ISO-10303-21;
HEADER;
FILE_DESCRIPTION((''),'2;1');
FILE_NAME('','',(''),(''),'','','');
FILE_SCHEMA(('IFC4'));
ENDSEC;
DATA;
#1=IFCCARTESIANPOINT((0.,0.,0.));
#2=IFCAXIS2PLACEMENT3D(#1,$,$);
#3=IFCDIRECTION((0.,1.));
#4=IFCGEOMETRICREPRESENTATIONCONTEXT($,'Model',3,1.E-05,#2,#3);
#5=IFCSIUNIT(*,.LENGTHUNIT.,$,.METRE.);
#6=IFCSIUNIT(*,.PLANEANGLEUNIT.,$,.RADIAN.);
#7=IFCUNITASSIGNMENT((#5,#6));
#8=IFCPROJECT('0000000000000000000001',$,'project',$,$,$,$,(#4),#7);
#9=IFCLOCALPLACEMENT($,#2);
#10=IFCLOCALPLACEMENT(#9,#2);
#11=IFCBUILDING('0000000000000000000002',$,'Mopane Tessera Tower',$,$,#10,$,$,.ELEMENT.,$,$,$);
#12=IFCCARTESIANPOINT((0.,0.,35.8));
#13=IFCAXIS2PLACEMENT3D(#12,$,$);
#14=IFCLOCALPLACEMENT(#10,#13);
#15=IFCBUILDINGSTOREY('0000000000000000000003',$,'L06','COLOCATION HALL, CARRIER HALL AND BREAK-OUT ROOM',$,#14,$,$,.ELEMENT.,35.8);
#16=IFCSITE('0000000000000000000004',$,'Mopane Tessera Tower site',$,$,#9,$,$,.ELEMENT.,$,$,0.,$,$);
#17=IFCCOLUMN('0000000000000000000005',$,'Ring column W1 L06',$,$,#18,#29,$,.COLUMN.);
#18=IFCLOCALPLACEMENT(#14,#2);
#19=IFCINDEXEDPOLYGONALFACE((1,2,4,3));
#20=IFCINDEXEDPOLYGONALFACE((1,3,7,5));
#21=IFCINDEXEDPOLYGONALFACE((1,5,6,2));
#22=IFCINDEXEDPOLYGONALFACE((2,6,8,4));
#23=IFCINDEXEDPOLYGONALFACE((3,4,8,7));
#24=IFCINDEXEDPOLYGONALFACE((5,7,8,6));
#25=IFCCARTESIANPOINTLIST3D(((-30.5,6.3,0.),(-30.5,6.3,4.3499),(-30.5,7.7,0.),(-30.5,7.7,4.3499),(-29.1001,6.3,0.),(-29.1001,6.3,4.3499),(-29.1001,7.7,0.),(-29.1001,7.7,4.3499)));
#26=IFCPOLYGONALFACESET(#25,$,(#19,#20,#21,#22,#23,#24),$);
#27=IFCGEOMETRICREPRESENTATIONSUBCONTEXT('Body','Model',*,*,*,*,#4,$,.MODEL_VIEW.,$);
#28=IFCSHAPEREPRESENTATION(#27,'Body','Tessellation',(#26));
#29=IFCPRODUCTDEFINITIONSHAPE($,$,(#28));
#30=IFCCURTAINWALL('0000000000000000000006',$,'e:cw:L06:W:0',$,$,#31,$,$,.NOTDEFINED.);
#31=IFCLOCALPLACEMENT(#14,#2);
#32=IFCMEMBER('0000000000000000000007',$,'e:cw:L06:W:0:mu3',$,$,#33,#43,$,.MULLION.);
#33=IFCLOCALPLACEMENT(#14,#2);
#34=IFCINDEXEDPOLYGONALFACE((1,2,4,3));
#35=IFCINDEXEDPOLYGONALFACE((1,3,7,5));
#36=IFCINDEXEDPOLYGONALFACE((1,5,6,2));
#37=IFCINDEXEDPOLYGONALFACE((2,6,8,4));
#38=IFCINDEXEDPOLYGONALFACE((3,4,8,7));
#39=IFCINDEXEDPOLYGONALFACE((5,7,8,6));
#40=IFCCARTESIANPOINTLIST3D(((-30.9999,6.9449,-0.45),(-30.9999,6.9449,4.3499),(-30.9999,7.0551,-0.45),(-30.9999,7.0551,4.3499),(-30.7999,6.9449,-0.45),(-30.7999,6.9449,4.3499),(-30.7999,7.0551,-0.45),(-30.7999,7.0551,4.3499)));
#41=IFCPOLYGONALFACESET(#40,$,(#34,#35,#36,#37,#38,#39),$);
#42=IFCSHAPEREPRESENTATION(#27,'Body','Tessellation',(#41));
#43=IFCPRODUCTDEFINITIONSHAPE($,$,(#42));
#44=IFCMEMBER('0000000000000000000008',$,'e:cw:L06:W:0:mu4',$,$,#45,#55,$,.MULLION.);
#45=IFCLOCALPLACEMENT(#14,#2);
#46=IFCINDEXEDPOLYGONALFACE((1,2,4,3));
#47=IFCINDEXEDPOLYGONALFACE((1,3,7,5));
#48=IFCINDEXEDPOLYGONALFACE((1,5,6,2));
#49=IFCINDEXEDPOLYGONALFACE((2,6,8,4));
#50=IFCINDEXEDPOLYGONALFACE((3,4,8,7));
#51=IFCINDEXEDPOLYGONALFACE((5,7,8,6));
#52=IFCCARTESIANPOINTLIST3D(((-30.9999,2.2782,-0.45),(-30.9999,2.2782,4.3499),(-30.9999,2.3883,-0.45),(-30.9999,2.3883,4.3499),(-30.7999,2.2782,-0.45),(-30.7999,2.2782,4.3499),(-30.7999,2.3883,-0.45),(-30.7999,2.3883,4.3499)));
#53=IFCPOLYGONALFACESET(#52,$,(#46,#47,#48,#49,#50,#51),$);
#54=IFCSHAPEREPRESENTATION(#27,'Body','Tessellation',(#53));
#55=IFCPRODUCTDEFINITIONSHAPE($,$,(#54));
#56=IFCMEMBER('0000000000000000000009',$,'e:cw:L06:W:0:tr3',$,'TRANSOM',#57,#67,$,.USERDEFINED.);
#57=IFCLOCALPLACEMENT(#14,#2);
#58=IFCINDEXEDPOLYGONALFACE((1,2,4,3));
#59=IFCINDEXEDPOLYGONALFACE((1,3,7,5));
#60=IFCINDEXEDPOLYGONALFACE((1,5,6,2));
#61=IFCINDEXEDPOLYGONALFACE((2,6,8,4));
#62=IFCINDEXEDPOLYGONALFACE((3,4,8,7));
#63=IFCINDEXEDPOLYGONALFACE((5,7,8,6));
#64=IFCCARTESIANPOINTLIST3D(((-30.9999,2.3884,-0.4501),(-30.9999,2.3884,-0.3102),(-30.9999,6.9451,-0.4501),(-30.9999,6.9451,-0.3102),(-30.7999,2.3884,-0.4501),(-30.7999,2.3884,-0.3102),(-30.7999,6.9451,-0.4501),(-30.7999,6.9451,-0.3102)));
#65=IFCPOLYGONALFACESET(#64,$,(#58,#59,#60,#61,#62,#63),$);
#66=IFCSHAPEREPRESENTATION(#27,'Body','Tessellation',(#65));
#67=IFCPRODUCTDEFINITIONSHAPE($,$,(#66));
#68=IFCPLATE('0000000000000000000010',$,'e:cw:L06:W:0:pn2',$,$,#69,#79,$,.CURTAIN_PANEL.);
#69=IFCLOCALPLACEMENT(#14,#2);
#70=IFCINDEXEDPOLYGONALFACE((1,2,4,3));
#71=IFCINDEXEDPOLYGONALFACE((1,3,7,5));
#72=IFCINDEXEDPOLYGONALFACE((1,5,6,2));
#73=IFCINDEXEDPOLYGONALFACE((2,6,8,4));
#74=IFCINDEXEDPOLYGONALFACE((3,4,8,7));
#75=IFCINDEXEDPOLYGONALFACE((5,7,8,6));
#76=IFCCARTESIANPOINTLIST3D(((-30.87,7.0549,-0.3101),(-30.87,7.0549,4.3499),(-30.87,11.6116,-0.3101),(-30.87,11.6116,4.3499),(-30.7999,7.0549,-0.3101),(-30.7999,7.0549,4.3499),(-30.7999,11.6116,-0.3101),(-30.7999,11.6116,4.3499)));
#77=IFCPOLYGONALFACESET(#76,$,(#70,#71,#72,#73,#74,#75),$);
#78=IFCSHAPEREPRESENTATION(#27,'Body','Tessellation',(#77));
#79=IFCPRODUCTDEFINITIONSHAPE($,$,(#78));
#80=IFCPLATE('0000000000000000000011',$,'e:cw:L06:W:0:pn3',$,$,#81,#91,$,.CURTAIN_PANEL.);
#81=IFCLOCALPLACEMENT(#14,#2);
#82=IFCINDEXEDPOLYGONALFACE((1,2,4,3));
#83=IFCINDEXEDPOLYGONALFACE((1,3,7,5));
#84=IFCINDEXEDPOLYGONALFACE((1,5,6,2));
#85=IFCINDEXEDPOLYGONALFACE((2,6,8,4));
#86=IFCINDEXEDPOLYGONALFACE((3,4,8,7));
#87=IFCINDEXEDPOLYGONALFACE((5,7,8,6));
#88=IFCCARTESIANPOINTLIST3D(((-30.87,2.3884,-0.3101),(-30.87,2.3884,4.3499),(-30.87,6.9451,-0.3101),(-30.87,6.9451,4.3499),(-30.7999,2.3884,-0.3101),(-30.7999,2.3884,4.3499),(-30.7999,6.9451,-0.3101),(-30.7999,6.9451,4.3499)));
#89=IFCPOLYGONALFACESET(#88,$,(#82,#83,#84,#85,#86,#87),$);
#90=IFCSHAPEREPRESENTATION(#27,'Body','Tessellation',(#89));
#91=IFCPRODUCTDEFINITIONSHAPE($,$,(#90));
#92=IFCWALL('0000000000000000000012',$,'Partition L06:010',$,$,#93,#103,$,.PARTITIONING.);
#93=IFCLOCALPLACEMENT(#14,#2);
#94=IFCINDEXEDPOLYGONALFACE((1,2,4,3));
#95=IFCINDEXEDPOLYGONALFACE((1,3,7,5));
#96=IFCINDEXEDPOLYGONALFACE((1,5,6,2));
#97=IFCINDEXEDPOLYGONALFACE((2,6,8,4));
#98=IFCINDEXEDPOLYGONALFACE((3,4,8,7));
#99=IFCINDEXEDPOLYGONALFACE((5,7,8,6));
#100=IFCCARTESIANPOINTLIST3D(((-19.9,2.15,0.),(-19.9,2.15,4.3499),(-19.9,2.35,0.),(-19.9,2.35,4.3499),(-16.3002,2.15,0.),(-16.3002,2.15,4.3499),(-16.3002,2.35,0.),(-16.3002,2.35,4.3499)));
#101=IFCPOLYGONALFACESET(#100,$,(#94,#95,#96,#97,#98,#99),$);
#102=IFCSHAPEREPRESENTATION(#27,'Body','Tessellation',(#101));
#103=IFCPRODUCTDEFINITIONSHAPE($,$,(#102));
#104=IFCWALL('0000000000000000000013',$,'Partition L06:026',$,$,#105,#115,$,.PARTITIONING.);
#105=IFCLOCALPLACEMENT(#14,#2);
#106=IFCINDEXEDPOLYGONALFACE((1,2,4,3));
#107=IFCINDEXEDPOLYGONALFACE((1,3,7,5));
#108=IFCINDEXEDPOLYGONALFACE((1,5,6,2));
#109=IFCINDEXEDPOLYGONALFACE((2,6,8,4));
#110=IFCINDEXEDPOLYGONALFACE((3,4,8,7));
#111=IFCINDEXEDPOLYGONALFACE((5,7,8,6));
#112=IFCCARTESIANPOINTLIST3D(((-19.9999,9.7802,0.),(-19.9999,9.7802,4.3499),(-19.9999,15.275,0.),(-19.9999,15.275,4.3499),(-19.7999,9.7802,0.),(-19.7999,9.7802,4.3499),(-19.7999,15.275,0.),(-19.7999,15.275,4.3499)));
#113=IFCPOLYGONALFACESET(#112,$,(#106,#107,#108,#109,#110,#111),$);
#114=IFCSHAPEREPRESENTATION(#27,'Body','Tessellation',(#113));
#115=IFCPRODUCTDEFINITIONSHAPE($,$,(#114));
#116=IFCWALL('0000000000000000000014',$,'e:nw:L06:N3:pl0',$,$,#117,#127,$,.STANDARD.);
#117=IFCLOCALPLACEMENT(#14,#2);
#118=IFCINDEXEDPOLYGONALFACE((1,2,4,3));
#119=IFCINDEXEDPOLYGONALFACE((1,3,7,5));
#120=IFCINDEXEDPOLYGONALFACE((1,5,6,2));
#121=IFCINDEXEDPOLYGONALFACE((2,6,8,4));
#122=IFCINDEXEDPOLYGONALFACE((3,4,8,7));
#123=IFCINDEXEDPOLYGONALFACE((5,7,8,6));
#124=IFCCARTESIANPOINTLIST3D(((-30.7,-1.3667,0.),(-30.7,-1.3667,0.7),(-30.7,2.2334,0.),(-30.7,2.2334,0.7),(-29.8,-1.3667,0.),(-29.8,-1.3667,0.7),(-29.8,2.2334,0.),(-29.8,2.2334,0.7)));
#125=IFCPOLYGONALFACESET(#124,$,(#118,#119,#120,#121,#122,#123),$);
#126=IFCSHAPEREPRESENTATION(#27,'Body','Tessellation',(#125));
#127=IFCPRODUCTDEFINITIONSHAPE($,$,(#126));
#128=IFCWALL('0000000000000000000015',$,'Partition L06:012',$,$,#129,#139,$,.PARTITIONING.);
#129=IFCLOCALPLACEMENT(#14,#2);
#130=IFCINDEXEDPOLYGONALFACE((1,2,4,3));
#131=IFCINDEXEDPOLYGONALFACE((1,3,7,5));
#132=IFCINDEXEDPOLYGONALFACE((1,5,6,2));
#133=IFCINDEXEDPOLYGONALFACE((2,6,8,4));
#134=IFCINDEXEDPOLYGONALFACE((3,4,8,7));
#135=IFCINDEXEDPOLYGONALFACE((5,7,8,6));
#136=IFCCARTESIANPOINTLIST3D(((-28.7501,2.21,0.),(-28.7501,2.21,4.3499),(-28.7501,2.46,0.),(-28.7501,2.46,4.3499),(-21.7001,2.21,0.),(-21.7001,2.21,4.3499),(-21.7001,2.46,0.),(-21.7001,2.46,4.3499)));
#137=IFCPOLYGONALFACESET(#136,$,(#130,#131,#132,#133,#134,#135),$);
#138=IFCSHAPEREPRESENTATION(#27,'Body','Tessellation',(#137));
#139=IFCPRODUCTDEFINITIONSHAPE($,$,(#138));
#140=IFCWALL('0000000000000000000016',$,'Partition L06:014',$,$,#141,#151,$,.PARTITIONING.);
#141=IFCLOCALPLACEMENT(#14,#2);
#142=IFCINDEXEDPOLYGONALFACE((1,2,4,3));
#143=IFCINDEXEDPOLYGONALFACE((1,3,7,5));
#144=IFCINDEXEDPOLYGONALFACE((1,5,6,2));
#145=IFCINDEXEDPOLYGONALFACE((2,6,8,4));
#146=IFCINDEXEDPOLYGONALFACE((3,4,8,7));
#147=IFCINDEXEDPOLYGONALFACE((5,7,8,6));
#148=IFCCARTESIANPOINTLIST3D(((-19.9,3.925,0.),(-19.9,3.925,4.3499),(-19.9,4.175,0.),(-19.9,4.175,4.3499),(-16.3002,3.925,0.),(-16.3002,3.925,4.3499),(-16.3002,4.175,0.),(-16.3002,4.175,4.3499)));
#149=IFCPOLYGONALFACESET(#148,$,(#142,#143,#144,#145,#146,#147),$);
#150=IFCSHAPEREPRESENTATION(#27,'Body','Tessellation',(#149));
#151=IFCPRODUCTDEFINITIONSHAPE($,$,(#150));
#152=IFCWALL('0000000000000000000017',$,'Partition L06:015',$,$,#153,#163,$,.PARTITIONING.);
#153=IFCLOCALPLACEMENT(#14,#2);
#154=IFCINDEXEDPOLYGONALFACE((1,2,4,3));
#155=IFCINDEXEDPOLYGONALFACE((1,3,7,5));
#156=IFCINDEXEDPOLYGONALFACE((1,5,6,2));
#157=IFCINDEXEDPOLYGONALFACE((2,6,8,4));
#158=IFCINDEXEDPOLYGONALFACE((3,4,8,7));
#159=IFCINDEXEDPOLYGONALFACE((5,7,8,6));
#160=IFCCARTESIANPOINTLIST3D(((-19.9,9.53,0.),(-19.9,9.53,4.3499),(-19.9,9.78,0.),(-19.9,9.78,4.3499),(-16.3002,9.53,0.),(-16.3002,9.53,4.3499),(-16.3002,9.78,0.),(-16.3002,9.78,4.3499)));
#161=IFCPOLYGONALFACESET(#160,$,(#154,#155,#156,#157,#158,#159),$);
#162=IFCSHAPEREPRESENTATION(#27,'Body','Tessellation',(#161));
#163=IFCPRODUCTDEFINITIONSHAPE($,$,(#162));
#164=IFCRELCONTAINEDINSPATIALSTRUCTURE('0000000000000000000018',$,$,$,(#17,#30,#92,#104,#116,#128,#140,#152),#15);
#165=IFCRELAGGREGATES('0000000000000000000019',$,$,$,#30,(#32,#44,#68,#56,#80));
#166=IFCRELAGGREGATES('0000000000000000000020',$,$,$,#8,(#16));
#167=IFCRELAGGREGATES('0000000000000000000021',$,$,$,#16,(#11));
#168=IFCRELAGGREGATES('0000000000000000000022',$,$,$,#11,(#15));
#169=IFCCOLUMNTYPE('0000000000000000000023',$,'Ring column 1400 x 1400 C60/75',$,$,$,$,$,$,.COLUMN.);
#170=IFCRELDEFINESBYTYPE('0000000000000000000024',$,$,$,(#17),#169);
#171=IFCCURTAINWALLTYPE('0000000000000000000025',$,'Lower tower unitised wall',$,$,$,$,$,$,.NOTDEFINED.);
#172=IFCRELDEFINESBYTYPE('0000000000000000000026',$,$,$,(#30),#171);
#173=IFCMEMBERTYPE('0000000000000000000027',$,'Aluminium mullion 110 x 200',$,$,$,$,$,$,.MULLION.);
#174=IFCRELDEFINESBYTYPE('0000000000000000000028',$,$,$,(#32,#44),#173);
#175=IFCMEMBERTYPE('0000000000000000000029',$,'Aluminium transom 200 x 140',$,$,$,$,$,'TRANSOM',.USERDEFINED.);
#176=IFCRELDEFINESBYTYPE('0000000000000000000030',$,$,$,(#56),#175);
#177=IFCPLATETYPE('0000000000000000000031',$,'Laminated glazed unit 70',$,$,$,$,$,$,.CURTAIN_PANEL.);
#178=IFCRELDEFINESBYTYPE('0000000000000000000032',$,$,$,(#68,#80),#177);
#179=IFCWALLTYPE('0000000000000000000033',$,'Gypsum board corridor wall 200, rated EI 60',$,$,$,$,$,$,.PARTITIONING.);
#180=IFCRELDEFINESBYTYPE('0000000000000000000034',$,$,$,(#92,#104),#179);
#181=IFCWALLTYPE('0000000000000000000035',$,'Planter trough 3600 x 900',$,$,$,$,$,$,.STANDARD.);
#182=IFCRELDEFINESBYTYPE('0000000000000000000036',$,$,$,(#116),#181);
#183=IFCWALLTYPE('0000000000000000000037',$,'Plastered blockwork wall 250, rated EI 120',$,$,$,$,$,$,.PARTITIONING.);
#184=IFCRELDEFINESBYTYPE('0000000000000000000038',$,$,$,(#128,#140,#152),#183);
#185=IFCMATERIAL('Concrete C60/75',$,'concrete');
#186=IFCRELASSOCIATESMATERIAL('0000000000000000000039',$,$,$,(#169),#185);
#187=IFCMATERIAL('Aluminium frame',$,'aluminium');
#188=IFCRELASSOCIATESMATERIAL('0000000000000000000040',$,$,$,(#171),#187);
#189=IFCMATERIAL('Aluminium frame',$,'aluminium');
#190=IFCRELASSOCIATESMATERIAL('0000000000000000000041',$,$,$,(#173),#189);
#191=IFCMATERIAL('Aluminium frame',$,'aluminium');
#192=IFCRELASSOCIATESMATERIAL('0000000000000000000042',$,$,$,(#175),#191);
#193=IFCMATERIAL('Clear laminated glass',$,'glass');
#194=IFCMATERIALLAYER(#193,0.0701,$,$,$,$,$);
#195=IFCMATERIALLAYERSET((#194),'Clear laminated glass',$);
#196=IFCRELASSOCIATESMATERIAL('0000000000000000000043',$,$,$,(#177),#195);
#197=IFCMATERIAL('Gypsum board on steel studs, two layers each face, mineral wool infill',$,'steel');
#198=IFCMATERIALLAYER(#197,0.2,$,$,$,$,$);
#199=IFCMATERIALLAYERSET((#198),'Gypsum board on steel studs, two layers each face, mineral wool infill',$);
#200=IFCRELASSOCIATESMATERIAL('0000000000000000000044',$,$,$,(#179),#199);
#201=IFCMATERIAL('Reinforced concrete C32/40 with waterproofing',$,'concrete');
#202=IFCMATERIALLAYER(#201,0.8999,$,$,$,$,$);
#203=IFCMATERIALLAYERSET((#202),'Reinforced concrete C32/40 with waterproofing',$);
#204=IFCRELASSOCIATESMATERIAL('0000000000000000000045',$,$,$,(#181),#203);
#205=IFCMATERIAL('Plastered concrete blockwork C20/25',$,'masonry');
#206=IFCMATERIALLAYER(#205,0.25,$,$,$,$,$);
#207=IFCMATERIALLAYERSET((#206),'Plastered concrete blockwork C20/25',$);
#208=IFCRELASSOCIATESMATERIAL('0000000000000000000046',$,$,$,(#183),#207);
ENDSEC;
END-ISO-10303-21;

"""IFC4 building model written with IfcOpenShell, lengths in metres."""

from ifc_helpers import new_model, si_unit, direction, frame, frame_2d, origin, origin_2d, place, context, subcontext, project, spatial, rectangle, extrude, material, layer, layer_set, material_profile, profile_set, type_object, element, aggregate, save


model = new_model("IFC4")

# Units and contexts
model_context = context("Model", 3, precision=1e-05, world=origin(), true_north=direction((0.0, 1.0)))
body_context = subcontext(model_context, "Body", "Model", "MODEL_VIEW")
ifc_project = project(units=[si_unit("LENGTHUNIT", "METRE"), si_unit("PLANEANGLEUNIT", "RADIAN")], contexts=[model_context])

# Site, building, storey
site_placement = place(None, origin())
site = spatial("IfcSite", under=ifc_project, at=site_placement, Name="Mopane Tessera Tower site", CompositionType="ELEMENT", RefElevation=0.0)
building_placement = place(site_placement, origin())
building = spatial("IfcBuilding", under=site, at=building_placement, Name="Mopane Tessera Tower", CompositionType="ELEMENT")
storey_placement = place(building_placement, frame((0.0, 0.0, 35.8)))
storey = spatial("IfcBuildingStorey", under=building, at=storey_placement, Name="L06", Description="COLOCATION HALL, CARRIER HALL AND BREAK-OUT ROOM", CompositionType="ELEMENT", Elevation=35.8)

# Column
ifc_material_1 = material(Name="Concrete C60/75", Category="concrete")
ifc_material_profile_1 = material_profile(ifc_material_1, rectangle(XDim=1.3999, YDim=1.3999, at=origin_2d()))
ifc_profile_set_1 = profile_set([ifc_material_profile_1], Name="Concrete C60/75")
column_type = type_object("IfcColumnType", Name="Ring column 1400 x 1400 C60/75", PredefinedType="COLUMN", material=ifc_profile_set_1)
column_placement = place(storey_placement, frame((-29.8, 7.0, 0.0), z_axis=(0.0, 0.0, 1.0), x_axis=(1.0, 0.0, 0.0)))
element("IfcColumn", 1, at=column_placement, inside=storey, type_object=column_type, Name="Ring column W1 L06", PredefinedType="COLUMN", context=body_context, shape_type="SweptSolid", body=[
    extrude(rectangle(XDim=1.3999, YDim=1.3999, at=origin_2d()), origin(), (0.0, 0.0, 1.0), 4.3499),
])

# Curtain wall, members, plates
ifc_material_2 = material(Name="Aluminium frame", Category="aluminium")
curtain_wall_type = type_object("IfcCurtainWallType", Name="Lower tower unitised wall", PredefinedType="NOTDEFINED", material=ifc_material_2)
curtain_wall_placement = place(storey_placement, origin())
curtain_wall = element("IfcCurtainWall", 2, at=curtain_wall_placement, inside=storey, type_object=curtain_wall_type, Name="e:cw:L06:W:0", PredefinedType="NOTDEFINED")
ifc_material_3 = material(Name="Aluminium frame", Category="aluminium")
ifc_material_profile_2 = material_profile(ifc_material_3, rectangle(XDim=0.1101, YDim=0.2, at=origin_2d()))
ifc_profile_set_2 = profile_set([ifc_material_profile_2], Name="Aluminium frame")
member_type_1 = type_object("IfcMemberType", Name="Aluminium mullion 110 x 200", PredefinedType="MULLION", material=ifc_profile_set_2)
member_1_placement = place(storey_placement, frame((-30.8999, 7.0, -0.45), z_axis=(0.0, 0.0, 1.0), x_axis=(0.0, -1.0, 0.0)))
member_1 = element("IfcMember", 3, at=member_1_placement, type_object=member_type_1, Name="e:cw:L06:W:0:mu3", PredefinedType="MULLION", context=body_context, shape_type="SweptSolid", body=[
    extrude(rectangle(XDim=0.1101, YDim=0.2, at=origin_2d()), origin(), (0.0, 0.0, 1.0), 4.7998),
])
member_2_placement = place(storey_placement, frame((-30.8999, 2.3333, -0.45), z_axis=(0.0, 0.0, 1.0), x_axis=(0.0, -1.0, 0.0)))
member_2 = element("IfcMember", 4, at=member_2_placement, type_object=member_type_1, Name="e:cw:L06:W:0:mu4", PredefinedType="MULLION", context=body_context, shape_type="SweptSolid", body=[
    extrude(rectangle(XDim=0.1101, YDim=0.2, at=origin_2d()), origin(), (0.0, 0.0, 1.0), 4.7998),
])
ifc_material_4 = material(Name="Aluminium frame", Category="aluminium")
ifc_material_profile_3 = material_profile(ifc_material_4, rectangle(XDim=0.2, YDim=0.1399, at=origin_2d()))
ifc_profile_set_3 = profile_set([ifc_material_profile_3], Name="Aluminium frame")
member_type_2 = type_object("IfcMemberType", Name="Aluminium transom 200 x 140", ElementType="TRANSOM", PredefinedType="USERDEFINED", material=ifc_profile_set_3)
member_3_placement = place(storey_placement, frame((-30.8999, 6.9451, -0.3801), z_axis=(0.0, -1.0, 0.0), x_axis=(1.0, 0.0, 0.0)))
member_3 = element("IfcMember", 5, at=member_3_placement, type_object=member_type_2, Name="e:cw:L06:W:0:tr3", ObjectType="TRANSOM", PredefinedType="USERDEFINED", context=body_context, shape_type="SweptSolid", body=[
    extrude(rectangle(XDim=0.2, YDim=0.1399, at=origin_2d()), origin(), (0.0, 0.0, 1.0), 4.5566),
])
ifc_material_5 = material(Name="Clear laminated glass", Category="glass")
ifc_layer_1 = layer(ifc_material_5, 0.0701)
ifc_layer_set_1 = layer_set([ifc_layer_1], Name="Clear laminated glass")
plate_type = type_object("IfcPlateType", Name="Laminated glazed unit 70", PredefinedType="CURTAIN_PANEL", material=ifc_layer_set_1)
plate_1_placement = place(storey_placement, frame((-30.835, 9.3333, -0.3101), z_axis=(0.0, 0.0, 1.0), x_axis=(0.0, -1.0, 0.0)))
plate_1 = element("IfcPlate", 6, at=plate_1_placement, type_object=plate_type, Name="e:cw:L06:W:0:pn2", PredefinedType="CURTAIN_PANEL", context=body_context, shape_type="SweptSolid", body=[
    extrude(rectangle(XDim=4.5566, YDim=0.0701, at=origin_2d()), origin(), (0.0, 0.0, 1.0), 4.6599),
])
plate_2_placement = place(storey_placement, frame((-30.835, 4.6667, -0.3101), z_axis=(0.0, 0.0, 1.0), x_axis=(0.0, -1.0, 0.0)))
plate_2 = element("IfcPlate", 7, at=plate_2_placement, type_object=plate_type, Name="e:cw:L06:W:0:pn3", PredefinedType="CURTAIN_PANEL", context=body_context, shape_type="SweptSolid", body=[
    extrude(rectangle(XDim=4.5566, YDim=0.0701, at=origin_2d()), origin(), (0.0, 0.0, 1.0), 4.6599),
])
aggregate(curtain_wall, [member_1, member_2, plate_1, member_3, plate_2])

# Walls
ifc_material_6 = material(Name="Gypsum board on steel studs, two layers each face, mineral wool infill", Category="steel")
ifc_layer_2 = layer(ifc_material_6, 0.2)
ifc_layer_set_2 = layer_set([ifc_layer_2], Name="Gypsum board on steel studs, two layers each face, mineral wool infill")
wall_type_1 = type_object("IfcWallType", Name="Gypsum board corridor wall 200, rated EI 60", PredefinedType="PARTITIONING", material=ifc_layer_set_2)
wall_1_placement = place(storey_placement, frame((-19.8999, 2.25, 0.0), z_axis=(0.0, 0.0, 1.0), x_axis=(1.0, 0.0, 0.0)))
element("IfcWall", 8, at=wall_1_placement, inside=storey, type_object=wall_type_1, Name="Partition L06:010", PredefinedType="PARTITIONING", context=body_context, shape_type="SweptSolid", body=[
    extrude(rectangle(XDim=3.5999, YDim=0.2, at=frame_2d((1.7998, 0.0))), origin(), (0.0, 0.0, 1.0), 4.3499),
])
wall_2_placement = place(storey_placement, frame((-19.8999, 9.78, 0.0), z_axis=(0.0, 0.0, 1.0), x_axis=(0.0, 1.0, 0.0)))
element("IfcWall", 9, at=wall_2_placement, inside=storey, type_object=wall_type_1, Name="Partition L06:026", PredefinedType="PARTITIONING", context=body_context, shape_type="SweptSolid", body=[
    extrude(rectangle(XDim=5.4949, YDim=0.2, at=frame_2d((2.7476, 0.0))), origin(), (0.0, 0.0, 1.0), 4.3499),
])
ifc_material_7 = material(Name="Reinforced concrete C32/40 with waterproofing", Category="concrete")
ifc_layer_3 = layer(ifc_material_7, 0.8999)
ifc_layer_set_3 = layer_set([ifc_layer_3], Name="Reinforced concrete C32/40 with waterproofing")
wall_type_2 = type_object("IfcWallType", Name="Planter trough 3600 x 900", PredefinedType="STANDARD", material=ifc_layer_set_3)
wall_3_placement = place(storey_placement, frame((-30.25, 2.2334, 0.0), z_axis=(0.0, 0.0, 1.0), x_axis=(0.0, -1.0, 0.0)))
element("IfcWall", 10, at=wall_3_placement, inside=storey, type_object=wall_type_2, Name="e:nw:L06:N3:pl0", PredefinedType="STANDARD", context=body_context, shape_type="SweptSolid", body=[
    extrude(rectangle(XDim=3.6001, YDim=0.8999, at=frame_2d((1.8, 0.0))), origin(), (0.0, 0.0, 1.0), 0.7),
])
ifc_material_8 = material(Name="Plastered concrete blockwork C20/25", Category="masonry")
ifc_layer_4 = layer(ifc_material_8, 0.25)
ifc_layer_set_4 = layer_set([ifc_layer_4], Name="Plastered concrete blockwork C20/25")
wall_type_3 = type_object("IfcWallType", Name="Plastered blockwork wall 250, rated EI 120", PredefinedType="PARTITIONING", material=ifc_layer_set_4)
wall_4_placement = place(storey_placement, frame((-28.75, 2.335, 0.0), z_axis=(0.0, 0.0, 1.0), x_axis=(1.0, 0.0, 0.0)))
element("IfcWall", 11, at=wall_4_placement, inside=storey, type_object=wall_type_3, Name="Partition L06:012", PredefinedType="PARTITIONING", context=body_context, shape_type="SweptSolid", body=[
    extrude(rectangle(XDim=7.05, YDim=0.25, at=frame_2d((3.5249, 0.0))), origin(), (0.0, 0.0, 1.0), 4.3499),
])
for number, where, z_axis, x_axis, name in (
    (12, (-19.8999, 4.05, 0.0), (0.0, 0.0, 1.0), (1.0, 0.0, 0.0), "Partition L06:014"),
    (13, (-19.8999, 9.655, 0.0), (0.0, 0.0, 1.0), (1.0, 0.0, 0.0), "Partition L06:015"),
):
    element("IfcWall", number, at=place(storey_placement, frame(where, z_axis=z_axis, x_axis=x_axis)), inside=storey, type_object=wall_type_3, Name=name, PredefinedType="PARTITIONING", context=body_context, shape_type="SweptSolid", body=[
        extrude(rectangle(XDim=3.5999, YDim=0.25, at=frame_2d((1.7998, 0.0))), origin(), (0.0, 0.0, 1.0), 4.3499),
    ])

save(model, "model.ifc")
